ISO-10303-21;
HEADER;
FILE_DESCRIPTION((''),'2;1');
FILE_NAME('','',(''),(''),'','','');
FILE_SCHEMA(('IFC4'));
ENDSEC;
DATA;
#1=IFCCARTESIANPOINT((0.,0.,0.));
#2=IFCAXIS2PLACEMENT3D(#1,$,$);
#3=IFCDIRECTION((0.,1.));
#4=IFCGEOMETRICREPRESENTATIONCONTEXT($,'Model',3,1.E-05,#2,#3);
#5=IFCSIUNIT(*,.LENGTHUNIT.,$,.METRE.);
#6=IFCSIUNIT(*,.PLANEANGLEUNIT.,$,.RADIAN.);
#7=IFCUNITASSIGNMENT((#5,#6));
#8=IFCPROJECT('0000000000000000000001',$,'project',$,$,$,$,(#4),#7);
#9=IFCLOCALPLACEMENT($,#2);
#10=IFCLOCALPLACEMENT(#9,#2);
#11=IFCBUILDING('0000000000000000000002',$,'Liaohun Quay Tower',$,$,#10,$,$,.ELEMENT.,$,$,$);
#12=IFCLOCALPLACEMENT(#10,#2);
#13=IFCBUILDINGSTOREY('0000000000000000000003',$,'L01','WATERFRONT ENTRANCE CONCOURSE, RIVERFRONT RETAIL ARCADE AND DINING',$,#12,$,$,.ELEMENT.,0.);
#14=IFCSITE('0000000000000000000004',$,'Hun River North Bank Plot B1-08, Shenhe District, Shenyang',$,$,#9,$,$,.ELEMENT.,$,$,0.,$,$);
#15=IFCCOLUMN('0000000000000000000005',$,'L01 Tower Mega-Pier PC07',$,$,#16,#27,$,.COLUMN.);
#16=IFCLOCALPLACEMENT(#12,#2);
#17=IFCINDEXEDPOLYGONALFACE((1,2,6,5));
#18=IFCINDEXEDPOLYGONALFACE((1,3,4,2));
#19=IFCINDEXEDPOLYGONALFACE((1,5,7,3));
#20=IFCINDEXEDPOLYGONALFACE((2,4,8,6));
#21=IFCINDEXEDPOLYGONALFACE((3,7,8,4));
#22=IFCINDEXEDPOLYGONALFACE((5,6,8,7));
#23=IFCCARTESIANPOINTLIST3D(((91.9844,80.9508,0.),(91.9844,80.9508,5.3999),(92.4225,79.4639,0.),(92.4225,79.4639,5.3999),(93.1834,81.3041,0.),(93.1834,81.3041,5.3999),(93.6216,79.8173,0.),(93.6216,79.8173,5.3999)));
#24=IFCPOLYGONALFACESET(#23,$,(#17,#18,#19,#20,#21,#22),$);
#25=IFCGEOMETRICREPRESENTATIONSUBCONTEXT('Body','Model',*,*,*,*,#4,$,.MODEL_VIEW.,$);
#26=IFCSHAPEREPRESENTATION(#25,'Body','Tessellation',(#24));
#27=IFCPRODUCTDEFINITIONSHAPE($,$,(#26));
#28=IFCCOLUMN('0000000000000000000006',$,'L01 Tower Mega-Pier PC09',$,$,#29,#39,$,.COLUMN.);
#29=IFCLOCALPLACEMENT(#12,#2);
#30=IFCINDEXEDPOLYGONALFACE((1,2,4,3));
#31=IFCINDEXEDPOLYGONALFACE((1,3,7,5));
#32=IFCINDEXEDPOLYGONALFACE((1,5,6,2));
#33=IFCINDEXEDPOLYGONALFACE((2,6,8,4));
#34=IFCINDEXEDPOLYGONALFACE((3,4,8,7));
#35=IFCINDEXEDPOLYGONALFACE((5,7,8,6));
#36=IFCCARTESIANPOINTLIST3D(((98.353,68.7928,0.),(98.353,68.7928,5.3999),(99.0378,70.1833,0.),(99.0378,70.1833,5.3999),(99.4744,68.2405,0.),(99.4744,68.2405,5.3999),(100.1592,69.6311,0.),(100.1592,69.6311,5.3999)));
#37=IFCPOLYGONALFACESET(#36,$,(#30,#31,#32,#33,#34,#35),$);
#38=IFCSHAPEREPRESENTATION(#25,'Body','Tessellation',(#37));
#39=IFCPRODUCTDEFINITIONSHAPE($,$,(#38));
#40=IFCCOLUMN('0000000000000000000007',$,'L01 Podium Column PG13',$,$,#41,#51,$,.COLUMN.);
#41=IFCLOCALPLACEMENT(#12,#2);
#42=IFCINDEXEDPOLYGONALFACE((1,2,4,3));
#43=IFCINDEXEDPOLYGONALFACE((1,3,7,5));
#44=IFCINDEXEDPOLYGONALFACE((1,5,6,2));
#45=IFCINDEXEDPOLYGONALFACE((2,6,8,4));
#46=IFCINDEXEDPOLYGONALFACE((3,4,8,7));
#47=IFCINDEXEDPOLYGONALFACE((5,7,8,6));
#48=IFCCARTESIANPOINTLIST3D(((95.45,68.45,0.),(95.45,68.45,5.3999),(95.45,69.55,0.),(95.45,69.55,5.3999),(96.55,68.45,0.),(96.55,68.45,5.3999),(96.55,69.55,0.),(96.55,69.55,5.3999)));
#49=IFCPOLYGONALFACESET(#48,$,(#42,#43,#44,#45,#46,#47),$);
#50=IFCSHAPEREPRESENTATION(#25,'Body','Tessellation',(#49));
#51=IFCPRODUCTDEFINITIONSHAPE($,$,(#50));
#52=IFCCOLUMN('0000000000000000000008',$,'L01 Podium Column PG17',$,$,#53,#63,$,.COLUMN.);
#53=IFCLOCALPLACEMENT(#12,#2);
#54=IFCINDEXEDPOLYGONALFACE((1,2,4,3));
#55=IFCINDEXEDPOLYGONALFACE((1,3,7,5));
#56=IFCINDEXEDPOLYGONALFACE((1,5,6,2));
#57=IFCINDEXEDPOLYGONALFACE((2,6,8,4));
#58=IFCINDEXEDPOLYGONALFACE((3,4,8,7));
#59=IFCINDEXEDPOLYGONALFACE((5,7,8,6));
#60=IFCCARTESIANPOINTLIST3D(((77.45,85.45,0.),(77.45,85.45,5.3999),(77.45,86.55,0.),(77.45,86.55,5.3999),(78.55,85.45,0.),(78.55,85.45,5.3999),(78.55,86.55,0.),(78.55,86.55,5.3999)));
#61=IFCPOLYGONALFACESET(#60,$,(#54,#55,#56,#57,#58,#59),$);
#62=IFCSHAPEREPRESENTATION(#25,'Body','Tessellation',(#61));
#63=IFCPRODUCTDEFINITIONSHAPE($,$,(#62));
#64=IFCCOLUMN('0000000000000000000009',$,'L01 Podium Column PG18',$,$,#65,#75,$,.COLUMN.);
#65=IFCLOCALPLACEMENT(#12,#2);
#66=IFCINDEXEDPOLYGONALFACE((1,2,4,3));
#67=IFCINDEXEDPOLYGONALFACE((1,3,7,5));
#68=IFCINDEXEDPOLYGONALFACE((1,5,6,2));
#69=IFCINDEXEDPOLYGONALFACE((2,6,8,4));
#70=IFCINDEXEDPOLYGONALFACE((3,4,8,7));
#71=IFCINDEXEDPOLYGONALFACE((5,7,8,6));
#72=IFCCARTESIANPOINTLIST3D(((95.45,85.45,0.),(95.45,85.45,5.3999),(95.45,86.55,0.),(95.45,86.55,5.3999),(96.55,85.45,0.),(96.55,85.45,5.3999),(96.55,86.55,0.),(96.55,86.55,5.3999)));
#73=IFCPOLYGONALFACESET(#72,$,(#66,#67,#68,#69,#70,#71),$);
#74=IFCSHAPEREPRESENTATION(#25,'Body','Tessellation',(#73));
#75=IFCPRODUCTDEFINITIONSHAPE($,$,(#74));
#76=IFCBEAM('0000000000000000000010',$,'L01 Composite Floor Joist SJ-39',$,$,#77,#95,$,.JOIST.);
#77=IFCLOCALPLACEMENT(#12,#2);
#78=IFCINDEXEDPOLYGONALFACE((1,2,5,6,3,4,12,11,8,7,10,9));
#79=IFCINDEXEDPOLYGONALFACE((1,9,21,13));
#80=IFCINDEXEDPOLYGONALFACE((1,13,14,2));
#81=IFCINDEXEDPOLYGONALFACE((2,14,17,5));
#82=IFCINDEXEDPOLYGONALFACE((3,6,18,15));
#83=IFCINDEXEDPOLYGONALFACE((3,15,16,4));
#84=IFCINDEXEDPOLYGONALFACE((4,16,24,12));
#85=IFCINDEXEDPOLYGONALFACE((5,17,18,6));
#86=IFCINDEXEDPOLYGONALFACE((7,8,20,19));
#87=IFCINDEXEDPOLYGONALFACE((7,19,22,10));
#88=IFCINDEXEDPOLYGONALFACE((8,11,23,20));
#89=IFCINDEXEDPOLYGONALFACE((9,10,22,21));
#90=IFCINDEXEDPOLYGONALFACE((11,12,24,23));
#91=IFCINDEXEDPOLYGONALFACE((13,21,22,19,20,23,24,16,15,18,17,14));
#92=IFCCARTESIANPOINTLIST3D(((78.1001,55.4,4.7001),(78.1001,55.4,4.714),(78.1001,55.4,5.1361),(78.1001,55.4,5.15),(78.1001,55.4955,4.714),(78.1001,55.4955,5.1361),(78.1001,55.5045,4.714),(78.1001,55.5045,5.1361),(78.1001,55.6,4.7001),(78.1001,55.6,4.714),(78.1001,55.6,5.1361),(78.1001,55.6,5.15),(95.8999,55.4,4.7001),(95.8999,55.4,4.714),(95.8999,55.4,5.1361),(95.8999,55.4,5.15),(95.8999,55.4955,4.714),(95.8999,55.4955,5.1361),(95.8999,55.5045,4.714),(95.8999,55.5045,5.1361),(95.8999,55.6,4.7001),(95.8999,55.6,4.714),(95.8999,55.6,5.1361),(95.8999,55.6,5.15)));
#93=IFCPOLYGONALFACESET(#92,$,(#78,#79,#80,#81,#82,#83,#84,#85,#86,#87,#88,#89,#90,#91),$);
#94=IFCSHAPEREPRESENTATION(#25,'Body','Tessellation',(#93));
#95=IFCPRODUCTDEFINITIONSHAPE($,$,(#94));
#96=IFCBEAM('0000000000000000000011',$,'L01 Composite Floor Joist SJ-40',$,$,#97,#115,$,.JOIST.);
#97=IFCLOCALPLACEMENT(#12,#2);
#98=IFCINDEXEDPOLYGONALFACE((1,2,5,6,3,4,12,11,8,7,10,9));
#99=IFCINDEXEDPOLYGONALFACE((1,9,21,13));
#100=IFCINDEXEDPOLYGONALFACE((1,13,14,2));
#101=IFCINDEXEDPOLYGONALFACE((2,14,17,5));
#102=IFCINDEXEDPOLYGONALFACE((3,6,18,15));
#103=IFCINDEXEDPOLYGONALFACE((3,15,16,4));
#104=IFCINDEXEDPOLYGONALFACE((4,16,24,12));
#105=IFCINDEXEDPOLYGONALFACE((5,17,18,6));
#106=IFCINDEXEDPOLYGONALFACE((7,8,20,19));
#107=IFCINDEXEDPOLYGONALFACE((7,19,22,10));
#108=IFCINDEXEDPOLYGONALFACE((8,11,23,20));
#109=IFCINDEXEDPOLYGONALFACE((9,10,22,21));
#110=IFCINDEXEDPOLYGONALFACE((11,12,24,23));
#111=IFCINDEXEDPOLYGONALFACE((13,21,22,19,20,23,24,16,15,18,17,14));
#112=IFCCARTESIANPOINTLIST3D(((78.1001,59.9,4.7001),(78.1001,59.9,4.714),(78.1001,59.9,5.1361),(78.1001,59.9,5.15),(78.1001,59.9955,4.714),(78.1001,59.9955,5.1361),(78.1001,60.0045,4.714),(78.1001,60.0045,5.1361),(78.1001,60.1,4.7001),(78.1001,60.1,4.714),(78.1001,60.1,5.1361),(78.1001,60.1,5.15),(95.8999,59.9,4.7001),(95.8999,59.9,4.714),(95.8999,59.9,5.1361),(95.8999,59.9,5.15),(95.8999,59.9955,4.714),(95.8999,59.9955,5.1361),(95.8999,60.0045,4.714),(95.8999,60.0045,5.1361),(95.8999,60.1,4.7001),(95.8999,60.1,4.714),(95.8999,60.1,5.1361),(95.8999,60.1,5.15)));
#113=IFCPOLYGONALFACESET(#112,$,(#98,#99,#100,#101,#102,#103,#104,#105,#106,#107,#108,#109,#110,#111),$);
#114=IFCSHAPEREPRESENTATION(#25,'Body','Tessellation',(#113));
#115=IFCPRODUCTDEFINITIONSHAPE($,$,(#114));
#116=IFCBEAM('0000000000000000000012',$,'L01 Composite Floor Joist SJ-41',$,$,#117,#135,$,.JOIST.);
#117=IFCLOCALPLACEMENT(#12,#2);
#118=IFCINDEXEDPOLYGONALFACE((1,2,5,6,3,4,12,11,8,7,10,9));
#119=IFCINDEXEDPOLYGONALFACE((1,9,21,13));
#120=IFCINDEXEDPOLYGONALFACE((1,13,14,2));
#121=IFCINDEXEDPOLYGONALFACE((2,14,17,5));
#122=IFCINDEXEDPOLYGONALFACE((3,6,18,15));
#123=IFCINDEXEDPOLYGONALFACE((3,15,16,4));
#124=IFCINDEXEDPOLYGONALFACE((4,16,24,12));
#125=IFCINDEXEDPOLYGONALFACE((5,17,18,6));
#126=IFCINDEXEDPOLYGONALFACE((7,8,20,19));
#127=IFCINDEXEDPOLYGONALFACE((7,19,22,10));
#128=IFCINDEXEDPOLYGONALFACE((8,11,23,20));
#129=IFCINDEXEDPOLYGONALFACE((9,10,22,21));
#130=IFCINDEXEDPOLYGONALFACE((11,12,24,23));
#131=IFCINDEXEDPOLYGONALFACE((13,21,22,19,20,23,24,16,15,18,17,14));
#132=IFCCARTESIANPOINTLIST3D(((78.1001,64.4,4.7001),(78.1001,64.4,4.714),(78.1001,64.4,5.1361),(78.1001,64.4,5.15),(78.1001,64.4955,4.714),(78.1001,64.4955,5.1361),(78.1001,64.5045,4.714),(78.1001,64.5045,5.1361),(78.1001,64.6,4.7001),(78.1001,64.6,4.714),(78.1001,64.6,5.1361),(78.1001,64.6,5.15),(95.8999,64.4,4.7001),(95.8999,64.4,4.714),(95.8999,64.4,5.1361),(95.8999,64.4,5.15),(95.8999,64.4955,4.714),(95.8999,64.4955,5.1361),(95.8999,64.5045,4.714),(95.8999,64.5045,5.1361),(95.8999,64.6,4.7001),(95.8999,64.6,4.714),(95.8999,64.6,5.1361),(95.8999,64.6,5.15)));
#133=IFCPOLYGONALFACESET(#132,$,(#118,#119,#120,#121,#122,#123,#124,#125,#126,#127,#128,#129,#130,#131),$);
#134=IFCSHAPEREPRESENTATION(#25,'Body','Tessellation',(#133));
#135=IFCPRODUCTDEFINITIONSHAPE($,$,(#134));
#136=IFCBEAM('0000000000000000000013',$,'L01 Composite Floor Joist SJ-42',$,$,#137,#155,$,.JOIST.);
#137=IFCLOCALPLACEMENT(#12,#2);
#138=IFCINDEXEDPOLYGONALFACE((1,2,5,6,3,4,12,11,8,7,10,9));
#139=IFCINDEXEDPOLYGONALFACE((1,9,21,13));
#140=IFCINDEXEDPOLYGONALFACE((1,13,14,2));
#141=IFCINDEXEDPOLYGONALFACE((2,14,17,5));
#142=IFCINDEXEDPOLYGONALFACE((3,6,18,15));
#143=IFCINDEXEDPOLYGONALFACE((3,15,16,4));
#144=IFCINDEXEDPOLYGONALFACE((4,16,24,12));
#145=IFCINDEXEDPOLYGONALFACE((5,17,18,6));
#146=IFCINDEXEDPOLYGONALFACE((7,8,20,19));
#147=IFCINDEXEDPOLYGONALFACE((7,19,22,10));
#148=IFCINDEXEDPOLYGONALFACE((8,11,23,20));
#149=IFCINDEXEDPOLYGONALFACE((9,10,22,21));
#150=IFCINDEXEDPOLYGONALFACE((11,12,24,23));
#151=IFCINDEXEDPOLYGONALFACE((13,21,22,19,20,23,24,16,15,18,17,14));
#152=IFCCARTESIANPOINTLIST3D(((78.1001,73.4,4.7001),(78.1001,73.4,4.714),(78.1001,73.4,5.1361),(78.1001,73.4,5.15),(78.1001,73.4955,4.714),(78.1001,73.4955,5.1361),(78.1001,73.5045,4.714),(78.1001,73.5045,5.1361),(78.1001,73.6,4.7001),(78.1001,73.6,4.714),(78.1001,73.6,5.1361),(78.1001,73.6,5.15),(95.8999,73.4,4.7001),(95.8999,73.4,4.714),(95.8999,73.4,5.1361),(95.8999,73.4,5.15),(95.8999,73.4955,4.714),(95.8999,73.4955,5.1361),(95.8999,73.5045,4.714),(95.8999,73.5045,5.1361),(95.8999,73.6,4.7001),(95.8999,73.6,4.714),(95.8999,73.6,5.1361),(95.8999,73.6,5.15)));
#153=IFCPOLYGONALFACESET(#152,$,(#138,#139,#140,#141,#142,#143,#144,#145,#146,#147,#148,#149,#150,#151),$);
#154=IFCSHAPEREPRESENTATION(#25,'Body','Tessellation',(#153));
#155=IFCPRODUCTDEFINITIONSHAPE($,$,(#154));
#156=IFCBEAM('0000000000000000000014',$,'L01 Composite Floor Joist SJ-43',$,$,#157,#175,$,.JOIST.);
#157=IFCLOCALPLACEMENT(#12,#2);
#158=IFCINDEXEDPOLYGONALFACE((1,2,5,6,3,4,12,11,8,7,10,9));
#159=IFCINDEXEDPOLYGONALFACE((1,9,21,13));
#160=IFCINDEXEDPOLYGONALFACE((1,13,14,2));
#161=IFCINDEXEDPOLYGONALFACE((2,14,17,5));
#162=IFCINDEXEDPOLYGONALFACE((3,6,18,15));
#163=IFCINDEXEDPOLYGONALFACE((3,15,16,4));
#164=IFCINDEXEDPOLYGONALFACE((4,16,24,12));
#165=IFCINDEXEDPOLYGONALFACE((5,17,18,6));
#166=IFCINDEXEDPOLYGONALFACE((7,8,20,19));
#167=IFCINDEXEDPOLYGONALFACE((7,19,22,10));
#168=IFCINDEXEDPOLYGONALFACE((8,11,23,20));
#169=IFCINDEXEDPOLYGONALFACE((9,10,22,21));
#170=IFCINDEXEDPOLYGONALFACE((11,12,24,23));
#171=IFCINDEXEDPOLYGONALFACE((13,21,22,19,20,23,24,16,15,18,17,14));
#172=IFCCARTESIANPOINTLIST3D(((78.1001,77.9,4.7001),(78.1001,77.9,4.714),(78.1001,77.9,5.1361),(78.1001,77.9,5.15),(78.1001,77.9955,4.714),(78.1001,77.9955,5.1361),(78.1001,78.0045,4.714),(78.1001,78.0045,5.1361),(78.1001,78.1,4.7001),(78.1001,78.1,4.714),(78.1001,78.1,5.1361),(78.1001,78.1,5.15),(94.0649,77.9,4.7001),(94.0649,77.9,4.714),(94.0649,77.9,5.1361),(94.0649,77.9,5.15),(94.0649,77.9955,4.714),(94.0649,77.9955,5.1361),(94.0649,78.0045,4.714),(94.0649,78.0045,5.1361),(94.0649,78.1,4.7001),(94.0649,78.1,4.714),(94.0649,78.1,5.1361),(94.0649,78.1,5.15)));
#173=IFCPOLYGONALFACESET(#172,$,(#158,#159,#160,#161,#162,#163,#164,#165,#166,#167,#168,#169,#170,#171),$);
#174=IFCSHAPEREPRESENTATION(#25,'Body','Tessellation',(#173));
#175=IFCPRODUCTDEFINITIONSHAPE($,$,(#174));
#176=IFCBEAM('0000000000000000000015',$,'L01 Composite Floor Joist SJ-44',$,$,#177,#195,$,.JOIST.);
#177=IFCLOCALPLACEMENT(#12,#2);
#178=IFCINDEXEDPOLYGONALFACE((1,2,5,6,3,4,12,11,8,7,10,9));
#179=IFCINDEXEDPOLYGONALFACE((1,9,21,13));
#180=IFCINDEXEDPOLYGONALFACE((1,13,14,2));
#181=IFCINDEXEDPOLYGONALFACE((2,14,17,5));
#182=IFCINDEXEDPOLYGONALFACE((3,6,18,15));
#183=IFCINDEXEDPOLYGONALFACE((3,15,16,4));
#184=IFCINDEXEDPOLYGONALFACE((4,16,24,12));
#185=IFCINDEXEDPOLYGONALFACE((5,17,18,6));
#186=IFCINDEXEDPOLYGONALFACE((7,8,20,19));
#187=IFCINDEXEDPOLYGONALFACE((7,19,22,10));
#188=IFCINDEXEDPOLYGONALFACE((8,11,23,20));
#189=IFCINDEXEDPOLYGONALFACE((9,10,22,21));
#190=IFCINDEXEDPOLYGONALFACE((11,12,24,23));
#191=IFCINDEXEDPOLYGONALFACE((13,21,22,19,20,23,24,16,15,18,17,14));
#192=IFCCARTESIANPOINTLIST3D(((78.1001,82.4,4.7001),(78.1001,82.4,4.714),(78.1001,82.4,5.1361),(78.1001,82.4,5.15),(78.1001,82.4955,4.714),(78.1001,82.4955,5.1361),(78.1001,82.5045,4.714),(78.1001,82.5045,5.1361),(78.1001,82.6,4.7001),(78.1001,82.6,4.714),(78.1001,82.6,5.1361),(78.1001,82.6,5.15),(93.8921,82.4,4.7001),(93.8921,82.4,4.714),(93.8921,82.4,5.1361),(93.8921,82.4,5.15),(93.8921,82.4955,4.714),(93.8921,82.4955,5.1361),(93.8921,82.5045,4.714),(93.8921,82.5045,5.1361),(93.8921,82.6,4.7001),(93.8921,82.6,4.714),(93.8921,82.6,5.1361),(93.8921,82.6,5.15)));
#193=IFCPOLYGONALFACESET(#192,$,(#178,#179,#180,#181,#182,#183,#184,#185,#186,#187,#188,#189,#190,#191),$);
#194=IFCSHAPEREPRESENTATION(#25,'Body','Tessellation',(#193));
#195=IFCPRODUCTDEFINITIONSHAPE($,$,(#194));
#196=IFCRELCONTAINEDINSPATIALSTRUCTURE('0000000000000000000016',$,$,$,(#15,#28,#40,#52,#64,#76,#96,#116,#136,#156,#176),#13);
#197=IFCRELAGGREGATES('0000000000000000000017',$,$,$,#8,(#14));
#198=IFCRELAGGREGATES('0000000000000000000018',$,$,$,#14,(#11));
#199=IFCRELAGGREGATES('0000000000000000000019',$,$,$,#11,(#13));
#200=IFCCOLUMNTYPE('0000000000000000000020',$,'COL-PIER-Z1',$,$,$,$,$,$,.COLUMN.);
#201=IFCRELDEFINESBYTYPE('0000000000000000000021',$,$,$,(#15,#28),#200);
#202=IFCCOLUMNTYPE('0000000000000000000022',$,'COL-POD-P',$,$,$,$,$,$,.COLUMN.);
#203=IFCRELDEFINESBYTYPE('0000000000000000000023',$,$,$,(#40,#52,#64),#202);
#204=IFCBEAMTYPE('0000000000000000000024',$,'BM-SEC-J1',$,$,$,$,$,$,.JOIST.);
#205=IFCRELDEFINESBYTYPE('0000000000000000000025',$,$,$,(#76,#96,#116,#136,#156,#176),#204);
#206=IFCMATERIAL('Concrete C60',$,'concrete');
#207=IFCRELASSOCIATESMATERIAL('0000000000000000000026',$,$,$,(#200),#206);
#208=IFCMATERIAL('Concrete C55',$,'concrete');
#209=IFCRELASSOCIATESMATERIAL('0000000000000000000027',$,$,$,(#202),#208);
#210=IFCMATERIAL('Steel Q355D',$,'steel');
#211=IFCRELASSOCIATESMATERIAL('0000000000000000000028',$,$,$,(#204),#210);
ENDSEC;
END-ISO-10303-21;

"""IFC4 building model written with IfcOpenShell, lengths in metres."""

from ifc_helpers import new_model, si_unit, direction, frame, origin, origin_2d, place, context, subcontext, project, spatial, rectangle, i_section, extrude, source, transform, mapped, material, material_profile, profile_set, type_object, element, save


model = new_model("IFC4")

# Units and contexts
model_context = context("Model", 3, precision=1e-05, world=origin(), true_north=direction((0.0, 1.0)))
body_context = subcontext(model_context, "Body", "Model", "MODEL_VIEW")
ifc_project = project(units=[si_unit("LENGTHUNIT", "METRE"), si_unit("PLANEANGLEUNIT", "RADIAN")], contexts=[model_context])

# Site, building, storey
site_placement = place(None, origin())
site = spatial("IfcSite", under=ifc_project, at=site_placement, Name="Hun River North Bank Plot B1-08, Shenhe District, Shenyang", CompositionType="ELEMENT", RefElevation=0.0)
building_placement = place(site_placement, origin())
building = spatial("IfcBuilding", under=site, at=building_placement, Name="Liaohun Quay Tower", CompositionType="ELEMENT")
storey_placement = place(building_placement, origin())
storey = spatial("IfcBuildingStorey", under=building, at=storey_placement, Name="L01", Description="WATERFRONT ENTRANCE CONCOURSE, RIVERFRONT RETAIL ARCADE AND DINING", CompositionType="ELEMENT", Elevation=0.0)

# Columns
ifc_material_1 = material(Name="Concrete C60", Category="concrete")
ifc_material_profile_1 = material_profile(ifc_material_1, rectangle(XDim=1.55, YDim=1.25, at=origin_2d()), Name="RC1550x1250")
ifc_profile_set_1 = profile_set([ifc_material_profile_1], Name="Concrete C60")
column_type_1 = type_object("IfcColumnType", Name="COL-PIER-Z1", PredefinedType="COLUMN", material=ifc_profile_set_1)
shared_shape_1 = source(origin(), body_context, "Body", "SweptSolid", [
    extrude(rectangle(XDim=1.55, YDim=1.25, at=origin_2d()), origin(), (0.0, 0.0, 1.0), 5.3999),
])
for number, where, z_axis, x_axis, name in (
    (1, (92.803, 80.384, 0.0), (0.0, 0.0, 1.0), (-0.282676, 0.959215, 0.0), "L01 Tower Mega-Pier PC07"),
    (2, (99.2561, 69.2119, 0.0), (0.0, 0.0, 1.0), (0.441819, 0.897104, 0.0), "L01 Tower Mega-Pier PC09"),
):
    element("IfcColumn", number, at=place(storey_placement, frame(where, z_axis=z_axis, x_axis=x_axis)), inside=storey, type_object=column_type_1, Name=name, PredefinedType="COLUMN", context=body_context, shape_type="MappedRepresentation", body=[
        mapped(shared_shape_1, transform((0.0, 0.0, 0.0), x_axis=(1.0, 0.0, 0.0), y_axis=(0.0, 1.0, 0.0), z_axis=(0.0, 0.0, 1.0), scale=1.0)),
    ])
ifc_material_2 = material(Name="Concrete C55", Category="concrete")
ifc_material_profile_2 = material_profile(ifc_material_2, rectangle(XDim=1.1001, YDim=1.1001, at=origin_2d()), Name="RC1100x1100")
ifc_profile_set_2 = profile_set([ifc_material_profile_2], Name="Concrete C55")
column_type_2 = type_object("IfcColumnType", Name="COL-POD-P", PredefinedType="COLUMN", material=ifc_profile_set_2)
shared_shape_2 = source(origin(), body_context, "Body", "SweptSolid", [
    extrude(rectangle(XDim=1.1001, YDim=1.1001, at=origin_2d()), origin(), (0.0, 0.0, 1.0), 5.3999),
])
for number, where, z_axis, x_axis, name in (
    (3, (96.0, 69.0, 0.0), (0.0, 0.0, 1.0), (1.0, 0.0, 0.0), "L01 Podium Column PG13"),
    (4, (78.0, 86.0, 0.0), (0.0, 0.0, 1.0), (1.0, 0.0, 0.0), "L01 Podium Column PG17"),
    (5, (96.0, 86.0, 0.0), (0.0, 0.0, 1.0), (1.0, 0.0, 0.0), "L01 Podium Column PG18"),
):
    element("IfcColumn", number, at=place(storey_placement, frame(where, z_axis=z_axis, x_axis=x_axis)), inside=storey, type_object=column_type_2, Name=name, PredefinedType="COLUMN", context=body_context, shape_type="MappedRepresentation", body=[
        mapped(shared_shape_2, transform((0.0, 0.0, 0.0), x_axis=(1.0, 0.0, 0.0), y_axis=(0.0, 1.0, 0.0), z_axis=(0.0, 0.0, 1.0), scale=1.0)),
    ])

# Beams
ifc_material_3 = material(Name="Steel Q355D", Category="steel")
ifc_material_profile_3 = material_profile(ifc_material_3, i_section(OverallWidth=0.2, OverallDepth=0.45, WebThickness=0.009, FlangeThickness=0.0139, at=origin_2d()), Name="HN450x200x9x14")
ifc_profile_set_3 = profile_set([ifc_material_profile_3], Name="Steel Q355D")
beam_type_1 = type_object("IfcBeamType", Name="BM-SEC-J1", PredefinedType="JOIST", material=ifc_profile_set_3)
shared_shape_3 = source(origin(), body_context, "Body", "SweptSolid", [
    extrude(i_section(OverallWidth=0.2, OverallDepth=0.45, WebThickness=0.009, FlangeThickness=0.0139, at=origin_2d()), origin(), (0.0, 0.0, 1.0), 17.7998),
])
for number, where, z_axis, x_axis, name in (
    (6, (78.1001, 55.5, 4.925), (1.0, 0.0, 0.0), (0.0, 1.0, 0.0), "L01 Composite Floor Joist SJ-39"),
    (7, (78.1001, 60.0, 4.925), (1.0, 0.0, 0.0), (0.0, 1.0, 0.0), "L01 Composite Floor Joist SJ-40"),
    (8, (78.1001, 64.5, 4.925), (1.0, 0.0, 0.0), (0.0, 1.0, 0.0), "L01 Composite Floor Joist SJ-41"),
    (9, (78.1001, 73.5, 4.925), (1.0, 0.0, 0.0), (0.0, 1.0, 0.0), "L01 Composite Floor Joist SJ-42"),
):
    element("IfcBeam", number, at=place(storey_placement, frame(where, z_axis=z_axis, x_axis=x_axis)), inside=storey, type_object=beam_type_1, Name=name, PredefinedType="JOIST", context=body_context, shape_type="MappedRepresentation", body=[
        mapped(shared_shape_3, transform((0.0, 0.0, 0.0), x_axis=(1.0, 0.0, 0.0), y_axis=(0.0, 1.0, 0.0), z_axis=(0.0, 0.0, 1.0), scale=1.0)),
    ])
shared_shape_4 = source(origin(), body_context, "Body", "SweptSolid", [
    extrude(i_section(OverallWidth=0.2, OverallDepth=0.45, WebThickness=0.009, FlangeThickness=0.0139, at=origin_2d()), origin(), (0.0, 0.0, 1.0), 15.9648),
])
beam_1_placement = place(storey_placement, frame((78.1001, 78.0, 4.925), z_axis=(1.0, 0.0, 0.0), x_axis=(0.0, 1.0, 0.0)))
element("IfcBeam", 10, at=beam_1_placement, inside=storey, type_object=beam_type_1, Name="L01 Composite Floor Joist SJ-43", PredefinedType="JOIST", context=body_context, shape_type="MappedRepresentation", body=[
    mapped(shared_shape_4, transform((0.0, 0.0, 0.0), x_axis=(1.0, 0.0, 0.0), y_axis=(0.0, 1.0, 0.0), z_axis=(0.0, 0.0, 1.0), scale=1.0)),
])
shared_shape_5 = source(origin(), body_context, "Body", "SweptSolid", [
    extrude(i_section(OverallWidth=0.2, OverallDepth=0.45, WebThickness=0.009, FlangeThickness=0.0139, at=origin_2d()), origin(), (0.0, 0.0, 1.0), 15.792),
])
beam_2_placement = place(storey_placement, frame((78.1001, 82.5, 4.925), z_axis=(1.0, 0.0, 0.0), x_axis=(0.0, 1.0, 0.0)))
element("IfcBeam", 11, at=beam_2_placement, inside=storey, type_object=beam_type_1, Name="L01 Composite Floor Joist SJ-44", PredefinedType="JOIST", context=body_context, shape_type="MappedRepresentation", body=[
    mapped(shared_shape_5, transform((0.0, 0.0, 0.0), x_axis=(1.0, 0.0, 0.0), y_axis=(0.0, 1.0, 0.0), z_axis=(0.0, 0.0, 1.0), scale=1.0)),
])

save(model, "model.ifc")
